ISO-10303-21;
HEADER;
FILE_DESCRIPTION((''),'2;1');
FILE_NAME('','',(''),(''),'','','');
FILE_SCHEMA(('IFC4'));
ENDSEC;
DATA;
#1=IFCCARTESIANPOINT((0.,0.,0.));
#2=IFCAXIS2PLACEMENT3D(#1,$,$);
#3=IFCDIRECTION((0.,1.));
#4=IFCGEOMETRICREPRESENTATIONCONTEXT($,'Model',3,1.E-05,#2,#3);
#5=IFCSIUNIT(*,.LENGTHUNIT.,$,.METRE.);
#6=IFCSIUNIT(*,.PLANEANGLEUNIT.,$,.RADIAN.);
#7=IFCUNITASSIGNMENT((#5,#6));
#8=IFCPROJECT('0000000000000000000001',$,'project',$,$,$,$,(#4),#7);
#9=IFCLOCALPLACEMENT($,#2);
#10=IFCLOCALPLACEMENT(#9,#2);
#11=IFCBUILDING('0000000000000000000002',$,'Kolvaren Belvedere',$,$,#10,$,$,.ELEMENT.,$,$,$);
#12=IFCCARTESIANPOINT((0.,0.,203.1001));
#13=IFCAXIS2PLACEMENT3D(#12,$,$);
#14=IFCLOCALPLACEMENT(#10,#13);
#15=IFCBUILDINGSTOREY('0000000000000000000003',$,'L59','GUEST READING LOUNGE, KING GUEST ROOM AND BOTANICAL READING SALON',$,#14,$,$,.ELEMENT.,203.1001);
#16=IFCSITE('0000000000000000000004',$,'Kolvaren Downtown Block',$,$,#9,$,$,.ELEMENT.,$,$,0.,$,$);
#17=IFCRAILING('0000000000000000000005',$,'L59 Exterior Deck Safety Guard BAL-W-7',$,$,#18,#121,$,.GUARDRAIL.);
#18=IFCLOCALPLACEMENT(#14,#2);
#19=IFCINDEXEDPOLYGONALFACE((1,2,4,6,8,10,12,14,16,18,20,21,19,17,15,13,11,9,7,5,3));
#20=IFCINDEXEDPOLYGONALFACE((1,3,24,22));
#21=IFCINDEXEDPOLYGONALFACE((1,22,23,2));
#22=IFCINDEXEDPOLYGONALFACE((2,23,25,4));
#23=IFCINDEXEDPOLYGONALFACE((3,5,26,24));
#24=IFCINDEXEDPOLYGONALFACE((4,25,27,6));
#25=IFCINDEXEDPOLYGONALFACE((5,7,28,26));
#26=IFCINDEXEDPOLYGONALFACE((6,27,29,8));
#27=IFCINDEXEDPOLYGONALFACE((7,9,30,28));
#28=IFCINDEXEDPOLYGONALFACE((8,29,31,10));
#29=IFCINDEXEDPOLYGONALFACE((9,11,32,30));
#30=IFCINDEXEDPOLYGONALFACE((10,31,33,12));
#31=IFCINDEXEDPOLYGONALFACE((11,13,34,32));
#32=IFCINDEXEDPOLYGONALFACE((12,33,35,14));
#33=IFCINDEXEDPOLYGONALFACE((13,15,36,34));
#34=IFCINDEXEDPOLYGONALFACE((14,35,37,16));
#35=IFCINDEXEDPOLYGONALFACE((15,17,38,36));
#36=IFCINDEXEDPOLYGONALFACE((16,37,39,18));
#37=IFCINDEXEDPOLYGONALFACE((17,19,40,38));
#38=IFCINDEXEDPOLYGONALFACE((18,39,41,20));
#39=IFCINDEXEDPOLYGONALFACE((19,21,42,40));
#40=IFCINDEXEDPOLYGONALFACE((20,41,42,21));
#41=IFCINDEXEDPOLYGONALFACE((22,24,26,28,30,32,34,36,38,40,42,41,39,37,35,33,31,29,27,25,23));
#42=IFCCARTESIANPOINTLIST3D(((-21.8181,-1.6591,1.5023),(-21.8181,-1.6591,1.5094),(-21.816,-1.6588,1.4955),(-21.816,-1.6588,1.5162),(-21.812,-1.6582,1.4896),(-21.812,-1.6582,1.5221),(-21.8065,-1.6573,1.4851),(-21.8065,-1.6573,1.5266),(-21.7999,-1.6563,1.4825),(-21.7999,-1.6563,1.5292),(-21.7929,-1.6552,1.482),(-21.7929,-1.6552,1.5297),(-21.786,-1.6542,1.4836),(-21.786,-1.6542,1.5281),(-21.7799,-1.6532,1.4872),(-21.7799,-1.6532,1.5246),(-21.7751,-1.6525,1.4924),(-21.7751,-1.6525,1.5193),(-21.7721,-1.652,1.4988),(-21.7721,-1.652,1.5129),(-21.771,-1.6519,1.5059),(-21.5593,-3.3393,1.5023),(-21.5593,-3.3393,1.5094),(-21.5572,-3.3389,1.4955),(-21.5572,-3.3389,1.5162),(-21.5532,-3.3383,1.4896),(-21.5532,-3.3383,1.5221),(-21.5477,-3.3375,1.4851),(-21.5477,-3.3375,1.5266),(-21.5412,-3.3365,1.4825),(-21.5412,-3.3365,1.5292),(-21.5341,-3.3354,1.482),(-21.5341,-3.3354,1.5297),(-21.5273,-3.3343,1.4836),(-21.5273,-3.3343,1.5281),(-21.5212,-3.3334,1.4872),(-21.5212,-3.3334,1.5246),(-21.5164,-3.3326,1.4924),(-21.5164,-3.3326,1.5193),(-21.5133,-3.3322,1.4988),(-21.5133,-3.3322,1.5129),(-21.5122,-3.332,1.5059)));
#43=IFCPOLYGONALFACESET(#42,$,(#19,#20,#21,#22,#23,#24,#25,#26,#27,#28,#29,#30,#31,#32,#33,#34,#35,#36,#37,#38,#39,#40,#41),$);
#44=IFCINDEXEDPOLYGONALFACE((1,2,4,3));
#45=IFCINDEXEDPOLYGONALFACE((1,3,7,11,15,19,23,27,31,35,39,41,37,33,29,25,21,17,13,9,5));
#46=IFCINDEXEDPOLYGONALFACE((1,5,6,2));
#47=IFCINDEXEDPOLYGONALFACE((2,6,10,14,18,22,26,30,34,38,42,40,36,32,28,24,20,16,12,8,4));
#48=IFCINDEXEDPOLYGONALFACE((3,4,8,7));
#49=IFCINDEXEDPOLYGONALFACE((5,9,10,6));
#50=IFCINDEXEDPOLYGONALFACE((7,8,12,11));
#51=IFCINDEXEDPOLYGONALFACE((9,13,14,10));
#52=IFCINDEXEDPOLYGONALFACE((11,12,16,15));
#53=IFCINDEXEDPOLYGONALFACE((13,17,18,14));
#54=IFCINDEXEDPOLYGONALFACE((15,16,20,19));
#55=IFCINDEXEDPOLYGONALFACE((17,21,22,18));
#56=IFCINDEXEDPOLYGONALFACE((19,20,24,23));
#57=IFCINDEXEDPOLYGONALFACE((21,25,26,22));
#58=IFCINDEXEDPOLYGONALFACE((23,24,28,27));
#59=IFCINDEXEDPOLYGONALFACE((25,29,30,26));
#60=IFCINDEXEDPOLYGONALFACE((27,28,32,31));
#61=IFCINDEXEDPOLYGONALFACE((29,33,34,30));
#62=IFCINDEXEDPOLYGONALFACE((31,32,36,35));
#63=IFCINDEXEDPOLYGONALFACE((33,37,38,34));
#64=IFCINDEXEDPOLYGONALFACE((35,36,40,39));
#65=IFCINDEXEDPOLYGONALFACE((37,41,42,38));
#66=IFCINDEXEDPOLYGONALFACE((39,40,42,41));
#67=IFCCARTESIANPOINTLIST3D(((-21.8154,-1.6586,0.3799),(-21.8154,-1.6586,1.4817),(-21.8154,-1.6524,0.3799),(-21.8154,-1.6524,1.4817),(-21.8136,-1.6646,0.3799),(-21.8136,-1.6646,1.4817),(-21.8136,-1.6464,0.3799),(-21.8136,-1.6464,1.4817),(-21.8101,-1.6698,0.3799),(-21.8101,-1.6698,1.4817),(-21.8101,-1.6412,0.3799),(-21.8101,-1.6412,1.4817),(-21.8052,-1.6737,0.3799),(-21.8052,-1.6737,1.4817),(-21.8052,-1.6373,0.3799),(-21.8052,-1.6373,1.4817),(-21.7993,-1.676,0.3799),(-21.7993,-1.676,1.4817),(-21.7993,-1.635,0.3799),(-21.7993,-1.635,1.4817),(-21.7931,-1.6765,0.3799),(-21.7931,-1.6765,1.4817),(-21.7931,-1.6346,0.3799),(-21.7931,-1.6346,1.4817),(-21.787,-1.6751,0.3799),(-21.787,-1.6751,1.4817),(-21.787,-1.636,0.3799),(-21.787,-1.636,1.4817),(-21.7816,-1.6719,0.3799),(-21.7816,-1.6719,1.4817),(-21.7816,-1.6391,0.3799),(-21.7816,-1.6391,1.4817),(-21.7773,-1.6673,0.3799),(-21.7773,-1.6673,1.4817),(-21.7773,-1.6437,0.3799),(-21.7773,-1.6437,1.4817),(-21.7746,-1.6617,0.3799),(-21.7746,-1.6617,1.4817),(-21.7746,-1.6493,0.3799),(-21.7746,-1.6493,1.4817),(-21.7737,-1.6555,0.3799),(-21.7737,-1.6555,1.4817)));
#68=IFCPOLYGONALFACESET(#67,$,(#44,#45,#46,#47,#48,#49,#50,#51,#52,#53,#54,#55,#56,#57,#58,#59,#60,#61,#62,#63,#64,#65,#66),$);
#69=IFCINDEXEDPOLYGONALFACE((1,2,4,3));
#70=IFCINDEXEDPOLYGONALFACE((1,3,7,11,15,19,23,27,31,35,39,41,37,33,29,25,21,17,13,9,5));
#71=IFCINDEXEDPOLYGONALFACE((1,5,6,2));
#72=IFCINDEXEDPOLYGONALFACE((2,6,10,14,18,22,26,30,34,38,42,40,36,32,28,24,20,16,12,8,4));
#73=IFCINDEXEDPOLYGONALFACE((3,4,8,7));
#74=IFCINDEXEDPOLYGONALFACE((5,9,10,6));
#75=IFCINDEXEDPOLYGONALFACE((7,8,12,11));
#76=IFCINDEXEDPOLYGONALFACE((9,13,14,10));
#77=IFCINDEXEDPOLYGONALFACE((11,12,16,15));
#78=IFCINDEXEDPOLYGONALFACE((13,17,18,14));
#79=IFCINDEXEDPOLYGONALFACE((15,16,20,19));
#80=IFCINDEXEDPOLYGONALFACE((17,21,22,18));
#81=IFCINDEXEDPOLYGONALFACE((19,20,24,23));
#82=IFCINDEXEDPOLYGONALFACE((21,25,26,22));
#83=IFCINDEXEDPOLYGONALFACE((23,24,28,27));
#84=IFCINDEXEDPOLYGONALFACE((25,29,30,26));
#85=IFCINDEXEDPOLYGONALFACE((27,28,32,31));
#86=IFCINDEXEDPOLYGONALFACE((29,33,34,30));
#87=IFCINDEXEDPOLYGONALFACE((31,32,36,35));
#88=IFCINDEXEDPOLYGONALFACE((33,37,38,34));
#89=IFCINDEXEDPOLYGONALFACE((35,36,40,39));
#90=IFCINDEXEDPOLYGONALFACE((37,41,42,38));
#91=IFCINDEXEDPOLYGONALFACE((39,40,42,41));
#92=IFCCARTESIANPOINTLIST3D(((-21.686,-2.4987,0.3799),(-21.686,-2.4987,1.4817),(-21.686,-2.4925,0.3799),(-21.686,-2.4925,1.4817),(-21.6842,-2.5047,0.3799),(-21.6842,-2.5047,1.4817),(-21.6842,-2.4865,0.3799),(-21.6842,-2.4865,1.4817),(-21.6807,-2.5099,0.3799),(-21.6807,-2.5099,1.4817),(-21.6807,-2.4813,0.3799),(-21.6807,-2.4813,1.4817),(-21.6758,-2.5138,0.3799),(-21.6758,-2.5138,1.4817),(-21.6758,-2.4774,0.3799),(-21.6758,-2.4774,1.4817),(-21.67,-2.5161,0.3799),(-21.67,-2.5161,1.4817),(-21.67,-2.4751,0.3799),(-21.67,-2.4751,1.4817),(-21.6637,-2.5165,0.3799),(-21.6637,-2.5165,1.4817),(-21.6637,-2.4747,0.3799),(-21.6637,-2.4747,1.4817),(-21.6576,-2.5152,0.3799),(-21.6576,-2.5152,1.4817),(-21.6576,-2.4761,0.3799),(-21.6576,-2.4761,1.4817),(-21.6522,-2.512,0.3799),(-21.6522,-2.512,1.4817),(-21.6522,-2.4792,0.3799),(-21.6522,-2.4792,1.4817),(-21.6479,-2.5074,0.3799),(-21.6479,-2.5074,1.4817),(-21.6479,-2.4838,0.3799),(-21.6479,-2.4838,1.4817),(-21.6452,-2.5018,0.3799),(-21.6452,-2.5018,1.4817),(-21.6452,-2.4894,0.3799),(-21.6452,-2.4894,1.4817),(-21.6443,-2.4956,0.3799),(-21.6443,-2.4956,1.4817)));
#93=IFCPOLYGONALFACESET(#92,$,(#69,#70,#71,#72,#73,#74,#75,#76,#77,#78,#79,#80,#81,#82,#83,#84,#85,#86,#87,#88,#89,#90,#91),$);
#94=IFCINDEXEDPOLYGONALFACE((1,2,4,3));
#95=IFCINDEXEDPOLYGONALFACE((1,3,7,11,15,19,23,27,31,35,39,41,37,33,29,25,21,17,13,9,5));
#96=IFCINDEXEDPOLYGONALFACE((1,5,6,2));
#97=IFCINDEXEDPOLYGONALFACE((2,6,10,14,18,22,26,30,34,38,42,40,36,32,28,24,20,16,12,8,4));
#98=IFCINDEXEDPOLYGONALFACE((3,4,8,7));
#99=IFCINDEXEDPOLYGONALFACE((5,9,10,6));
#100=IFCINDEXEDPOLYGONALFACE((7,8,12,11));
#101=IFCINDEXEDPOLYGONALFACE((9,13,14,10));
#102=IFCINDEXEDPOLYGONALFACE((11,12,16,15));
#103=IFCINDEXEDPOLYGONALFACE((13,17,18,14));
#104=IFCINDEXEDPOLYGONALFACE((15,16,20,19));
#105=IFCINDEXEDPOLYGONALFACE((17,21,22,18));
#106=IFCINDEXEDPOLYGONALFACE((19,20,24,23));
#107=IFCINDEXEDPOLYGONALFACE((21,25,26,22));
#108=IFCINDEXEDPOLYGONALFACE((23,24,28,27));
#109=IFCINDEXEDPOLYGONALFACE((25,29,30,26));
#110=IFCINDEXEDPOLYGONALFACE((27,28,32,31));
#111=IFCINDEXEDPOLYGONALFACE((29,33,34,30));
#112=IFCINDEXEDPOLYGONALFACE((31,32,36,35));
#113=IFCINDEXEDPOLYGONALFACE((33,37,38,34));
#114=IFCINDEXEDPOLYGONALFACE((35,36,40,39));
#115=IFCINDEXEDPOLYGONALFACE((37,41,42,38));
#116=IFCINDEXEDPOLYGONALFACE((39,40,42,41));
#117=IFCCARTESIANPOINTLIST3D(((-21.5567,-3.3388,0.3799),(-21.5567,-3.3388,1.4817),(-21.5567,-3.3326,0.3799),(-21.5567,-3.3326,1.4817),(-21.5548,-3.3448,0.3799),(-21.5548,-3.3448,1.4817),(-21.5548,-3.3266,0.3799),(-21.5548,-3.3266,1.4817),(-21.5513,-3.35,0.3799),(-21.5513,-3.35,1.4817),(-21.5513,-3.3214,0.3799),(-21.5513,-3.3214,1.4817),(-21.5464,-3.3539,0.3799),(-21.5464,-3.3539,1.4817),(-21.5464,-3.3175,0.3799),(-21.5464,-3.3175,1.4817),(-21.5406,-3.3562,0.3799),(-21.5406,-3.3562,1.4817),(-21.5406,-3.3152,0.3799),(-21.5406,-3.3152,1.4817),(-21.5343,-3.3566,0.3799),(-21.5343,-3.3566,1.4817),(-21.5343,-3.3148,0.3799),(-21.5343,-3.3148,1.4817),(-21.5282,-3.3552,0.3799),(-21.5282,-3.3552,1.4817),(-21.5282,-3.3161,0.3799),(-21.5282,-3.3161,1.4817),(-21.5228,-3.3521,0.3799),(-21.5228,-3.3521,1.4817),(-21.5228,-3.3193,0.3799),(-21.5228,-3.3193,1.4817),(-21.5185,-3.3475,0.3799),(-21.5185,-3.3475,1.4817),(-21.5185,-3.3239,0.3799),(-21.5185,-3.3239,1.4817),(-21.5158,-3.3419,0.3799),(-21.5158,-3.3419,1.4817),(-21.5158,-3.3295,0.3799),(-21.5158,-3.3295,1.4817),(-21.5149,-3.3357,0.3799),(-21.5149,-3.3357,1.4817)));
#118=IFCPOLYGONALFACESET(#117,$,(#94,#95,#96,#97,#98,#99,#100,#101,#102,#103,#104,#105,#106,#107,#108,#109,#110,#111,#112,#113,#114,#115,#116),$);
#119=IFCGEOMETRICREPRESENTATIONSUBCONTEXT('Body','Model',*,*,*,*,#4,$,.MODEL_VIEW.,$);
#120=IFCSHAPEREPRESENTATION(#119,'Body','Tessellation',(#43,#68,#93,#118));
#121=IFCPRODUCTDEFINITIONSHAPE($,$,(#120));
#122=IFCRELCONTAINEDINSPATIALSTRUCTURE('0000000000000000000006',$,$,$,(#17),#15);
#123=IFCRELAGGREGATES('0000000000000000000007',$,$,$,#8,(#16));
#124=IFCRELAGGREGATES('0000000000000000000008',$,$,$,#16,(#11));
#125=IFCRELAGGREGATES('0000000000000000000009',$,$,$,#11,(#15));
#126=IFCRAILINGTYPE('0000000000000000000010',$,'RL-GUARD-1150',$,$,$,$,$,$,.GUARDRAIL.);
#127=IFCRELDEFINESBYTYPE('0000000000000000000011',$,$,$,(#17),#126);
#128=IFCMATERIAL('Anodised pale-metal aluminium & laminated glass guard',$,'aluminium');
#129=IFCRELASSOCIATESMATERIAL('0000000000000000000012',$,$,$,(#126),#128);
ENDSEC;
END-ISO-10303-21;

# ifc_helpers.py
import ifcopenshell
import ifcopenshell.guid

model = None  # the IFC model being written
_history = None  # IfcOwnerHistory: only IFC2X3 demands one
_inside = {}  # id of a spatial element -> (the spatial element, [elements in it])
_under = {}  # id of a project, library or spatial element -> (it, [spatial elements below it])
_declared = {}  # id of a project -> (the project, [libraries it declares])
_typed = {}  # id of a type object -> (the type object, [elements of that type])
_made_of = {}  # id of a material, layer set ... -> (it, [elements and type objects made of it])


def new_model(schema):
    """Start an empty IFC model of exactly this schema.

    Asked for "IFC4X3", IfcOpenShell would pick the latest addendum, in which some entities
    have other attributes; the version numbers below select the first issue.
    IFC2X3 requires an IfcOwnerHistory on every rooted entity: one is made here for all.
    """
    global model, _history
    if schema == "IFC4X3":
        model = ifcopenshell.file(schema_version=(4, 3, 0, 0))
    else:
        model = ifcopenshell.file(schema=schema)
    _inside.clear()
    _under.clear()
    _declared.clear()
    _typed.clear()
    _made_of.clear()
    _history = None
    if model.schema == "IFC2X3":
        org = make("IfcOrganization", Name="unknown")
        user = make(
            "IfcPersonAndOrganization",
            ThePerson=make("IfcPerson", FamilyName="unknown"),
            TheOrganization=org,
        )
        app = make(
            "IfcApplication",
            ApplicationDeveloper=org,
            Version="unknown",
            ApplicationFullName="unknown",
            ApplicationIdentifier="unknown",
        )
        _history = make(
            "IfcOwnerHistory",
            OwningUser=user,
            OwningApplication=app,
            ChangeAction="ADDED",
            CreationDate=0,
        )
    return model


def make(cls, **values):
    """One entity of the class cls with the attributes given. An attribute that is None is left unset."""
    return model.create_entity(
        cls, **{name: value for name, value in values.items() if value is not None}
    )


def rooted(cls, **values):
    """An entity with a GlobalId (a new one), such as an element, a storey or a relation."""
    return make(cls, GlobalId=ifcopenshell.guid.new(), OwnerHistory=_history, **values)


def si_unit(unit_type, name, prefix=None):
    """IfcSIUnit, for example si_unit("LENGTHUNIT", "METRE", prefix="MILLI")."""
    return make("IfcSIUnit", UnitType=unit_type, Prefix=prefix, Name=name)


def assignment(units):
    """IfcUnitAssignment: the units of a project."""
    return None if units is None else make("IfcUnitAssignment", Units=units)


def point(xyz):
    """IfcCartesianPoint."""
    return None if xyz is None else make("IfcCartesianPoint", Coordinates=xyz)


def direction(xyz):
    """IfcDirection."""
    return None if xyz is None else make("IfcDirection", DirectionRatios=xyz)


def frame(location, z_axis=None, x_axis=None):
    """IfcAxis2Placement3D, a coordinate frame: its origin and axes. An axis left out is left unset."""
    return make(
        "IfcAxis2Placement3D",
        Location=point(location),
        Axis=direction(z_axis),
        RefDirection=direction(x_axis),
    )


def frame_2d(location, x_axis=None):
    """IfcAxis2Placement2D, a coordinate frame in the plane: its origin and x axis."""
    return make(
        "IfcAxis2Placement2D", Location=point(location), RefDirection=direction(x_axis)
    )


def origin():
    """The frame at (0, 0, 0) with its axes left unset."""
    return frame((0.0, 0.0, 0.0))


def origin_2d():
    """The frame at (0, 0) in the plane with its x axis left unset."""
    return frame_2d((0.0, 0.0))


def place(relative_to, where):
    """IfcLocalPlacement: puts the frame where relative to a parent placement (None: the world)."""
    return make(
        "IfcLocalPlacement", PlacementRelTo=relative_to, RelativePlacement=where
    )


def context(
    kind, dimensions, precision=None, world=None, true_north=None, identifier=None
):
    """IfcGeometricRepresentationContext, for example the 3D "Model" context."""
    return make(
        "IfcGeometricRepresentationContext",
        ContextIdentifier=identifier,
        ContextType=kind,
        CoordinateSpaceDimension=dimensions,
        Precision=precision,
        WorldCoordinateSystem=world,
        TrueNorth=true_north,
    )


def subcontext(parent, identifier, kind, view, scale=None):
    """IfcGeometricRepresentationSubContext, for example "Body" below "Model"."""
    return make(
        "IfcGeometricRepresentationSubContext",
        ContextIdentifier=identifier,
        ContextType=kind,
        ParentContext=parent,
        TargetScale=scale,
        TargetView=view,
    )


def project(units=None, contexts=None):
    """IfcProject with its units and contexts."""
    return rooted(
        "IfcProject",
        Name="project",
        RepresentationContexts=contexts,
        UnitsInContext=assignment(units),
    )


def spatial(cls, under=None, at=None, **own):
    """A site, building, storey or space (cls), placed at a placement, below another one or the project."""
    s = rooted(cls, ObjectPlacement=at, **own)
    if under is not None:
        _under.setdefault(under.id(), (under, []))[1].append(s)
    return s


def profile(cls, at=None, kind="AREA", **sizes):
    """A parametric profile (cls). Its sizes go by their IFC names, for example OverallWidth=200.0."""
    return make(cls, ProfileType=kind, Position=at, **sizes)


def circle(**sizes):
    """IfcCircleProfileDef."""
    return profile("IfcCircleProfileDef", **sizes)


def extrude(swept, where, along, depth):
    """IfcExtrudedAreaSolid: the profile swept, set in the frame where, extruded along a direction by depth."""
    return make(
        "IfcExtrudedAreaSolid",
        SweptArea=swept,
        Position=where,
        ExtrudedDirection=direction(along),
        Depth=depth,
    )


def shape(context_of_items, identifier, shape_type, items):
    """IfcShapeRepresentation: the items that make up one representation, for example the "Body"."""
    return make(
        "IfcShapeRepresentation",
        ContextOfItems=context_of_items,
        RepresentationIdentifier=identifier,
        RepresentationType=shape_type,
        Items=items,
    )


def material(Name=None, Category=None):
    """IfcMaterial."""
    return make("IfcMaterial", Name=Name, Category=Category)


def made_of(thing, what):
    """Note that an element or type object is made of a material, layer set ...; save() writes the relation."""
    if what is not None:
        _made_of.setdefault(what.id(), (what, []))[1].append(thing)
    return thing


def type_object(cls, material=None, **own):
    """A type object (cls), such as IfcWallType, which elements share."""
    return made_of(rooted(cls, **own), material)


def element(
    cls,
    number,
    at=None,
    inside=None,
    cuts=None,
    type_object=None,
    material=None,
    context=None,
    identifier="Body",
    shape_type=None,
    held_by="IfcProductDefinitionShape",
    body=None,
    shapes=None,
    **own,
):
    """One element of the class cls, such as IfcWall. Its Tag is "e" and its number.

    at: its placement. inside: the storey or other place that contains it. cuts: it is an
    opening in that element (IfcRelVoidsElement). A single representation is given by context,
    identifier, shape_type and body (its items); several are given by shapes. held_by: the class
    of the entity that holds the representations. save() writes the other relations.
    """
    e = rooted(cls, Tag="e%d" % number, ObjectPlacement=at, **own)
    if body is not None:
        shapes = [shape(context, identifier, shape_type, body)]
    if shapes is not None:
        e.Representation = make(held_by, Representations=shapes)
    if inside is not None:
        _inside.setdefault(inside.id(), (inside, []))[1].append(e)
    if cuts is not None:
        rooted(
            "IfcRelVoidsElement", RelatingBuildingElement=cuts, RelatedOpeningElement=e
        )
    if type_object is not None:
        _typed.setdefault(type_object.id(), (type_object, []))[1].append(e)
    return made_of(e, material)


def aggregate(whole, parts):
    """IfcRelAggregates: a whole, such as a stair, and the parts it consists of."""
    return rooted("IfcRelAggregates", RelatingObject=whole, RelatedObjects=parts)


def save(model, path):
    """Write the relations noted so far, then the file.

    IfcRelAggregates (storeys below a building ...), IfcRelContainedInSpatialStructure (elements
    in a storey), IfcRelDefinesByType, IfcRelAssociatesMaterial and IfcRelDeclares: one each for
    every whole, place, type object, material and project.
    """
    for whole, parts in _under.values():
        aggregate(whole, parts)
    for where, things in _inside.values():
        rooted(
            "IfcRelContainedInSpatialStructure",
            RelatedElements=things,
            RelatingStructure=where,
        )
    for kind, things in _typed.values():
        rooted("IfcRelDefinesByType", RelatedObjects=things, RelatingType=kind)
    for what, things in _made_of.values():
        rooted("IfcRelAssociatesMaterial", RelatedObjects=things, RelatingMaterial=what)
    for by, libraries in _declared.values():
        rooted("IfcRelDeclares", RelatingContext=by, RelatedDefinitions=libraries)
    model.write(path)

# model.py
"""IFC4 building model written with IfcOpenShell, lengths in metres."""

from ifc_helpers import new_model, si_unit, direction, frame, origin, origin_2d, place, context, subcontext, project, spatial, circle, extrude, material, type_object, element, save


model = new_model("IFC4")

# Units and contexts
model_context = context("Model", 3, precision=1e-05, world=origin(), true_north=direction((0.0, 1.0)))
body_context = subcontext(model_context, "Body", "Model", "MODEL_VIEW")
ifc_project = project(units=[si_unit("LENGTHUNIT", "METRE"), si_unit("PLANEANGLEUNIT", "RADIAN")], contexts=[model_context])

# Site, building, storey
site_placement = place(None, origin())
site = spatial("IfcSite", under=ifc_project, at=site_placement, Name="Kolvaren Downtown Block", CompositionType="ELEMENT", RefElevation=0.0)
building_placement = place(site_placement, origin())
building = spatial("IfcBuilding", under=site, at=building_placement, Name="Kolvaren Belvedere", CompositionType="ELEMENT")
storey_placement = place(building_placement, frame((0.0, 0.0, 203.1001)))
storey = spatial("IfcBuildingStorey", under=building, at=storey_placement, Name="L59", Description="GUEST READING LOUNGE, KING GUEST ROOM AND BOTANICAL READING SALON", CompositionType="ELEMENT", Elevation=203.1001)

# Railing
ifc_material_1 = material(Name="Anodised pale-metal aluminium & laminated glass guard", Category="aluminium")
railing_type = type_object("IfcRailingType", Name="RL-GUARD-1150", PredefinedType="GUARDRAIL", material=ifc_material_1)
railing_1_placement = place(storey_placement, frame((-21.7947, -1.6555, 0.3799)))
element("IfcRailing", 1, at=railing_1_placement, inside=storey, type_object=railing_type, Name="L59 Exterior Deck Safety Guard BAL-W-7", PredefinedType="GUARDRAIL", context=body_context, shape_type="SweptSolid", body=[
    extrude(circle(Radius=0.0239, at=origin_2d()), frame((0.0, 0.0, 1.126), z_axis=(0.15223, -0.988345, 0.0), x_axis=(0.988345, 0.15223, 0.0)), (0.0, 0.0, 1.0), 1.7),
    extrude(circle(Radius=0.021, at=origin_2d()), origin(), (0.0, 0.0, 1.0), 1.1018),
    extrude(circle(Radius=0.021, at=origin_2d()), frame((0.1294, -0.8401, 0.0)), (0.0, 0.0, 1.0), 1.1018),
    extrude(circle(Radius=0.021, at=origin_2d()), frame((0.2588, -1.6802, 0.0)), (0.0, 0.0, 1.0), 1.1018),
])

save(model, "model.ifc")
